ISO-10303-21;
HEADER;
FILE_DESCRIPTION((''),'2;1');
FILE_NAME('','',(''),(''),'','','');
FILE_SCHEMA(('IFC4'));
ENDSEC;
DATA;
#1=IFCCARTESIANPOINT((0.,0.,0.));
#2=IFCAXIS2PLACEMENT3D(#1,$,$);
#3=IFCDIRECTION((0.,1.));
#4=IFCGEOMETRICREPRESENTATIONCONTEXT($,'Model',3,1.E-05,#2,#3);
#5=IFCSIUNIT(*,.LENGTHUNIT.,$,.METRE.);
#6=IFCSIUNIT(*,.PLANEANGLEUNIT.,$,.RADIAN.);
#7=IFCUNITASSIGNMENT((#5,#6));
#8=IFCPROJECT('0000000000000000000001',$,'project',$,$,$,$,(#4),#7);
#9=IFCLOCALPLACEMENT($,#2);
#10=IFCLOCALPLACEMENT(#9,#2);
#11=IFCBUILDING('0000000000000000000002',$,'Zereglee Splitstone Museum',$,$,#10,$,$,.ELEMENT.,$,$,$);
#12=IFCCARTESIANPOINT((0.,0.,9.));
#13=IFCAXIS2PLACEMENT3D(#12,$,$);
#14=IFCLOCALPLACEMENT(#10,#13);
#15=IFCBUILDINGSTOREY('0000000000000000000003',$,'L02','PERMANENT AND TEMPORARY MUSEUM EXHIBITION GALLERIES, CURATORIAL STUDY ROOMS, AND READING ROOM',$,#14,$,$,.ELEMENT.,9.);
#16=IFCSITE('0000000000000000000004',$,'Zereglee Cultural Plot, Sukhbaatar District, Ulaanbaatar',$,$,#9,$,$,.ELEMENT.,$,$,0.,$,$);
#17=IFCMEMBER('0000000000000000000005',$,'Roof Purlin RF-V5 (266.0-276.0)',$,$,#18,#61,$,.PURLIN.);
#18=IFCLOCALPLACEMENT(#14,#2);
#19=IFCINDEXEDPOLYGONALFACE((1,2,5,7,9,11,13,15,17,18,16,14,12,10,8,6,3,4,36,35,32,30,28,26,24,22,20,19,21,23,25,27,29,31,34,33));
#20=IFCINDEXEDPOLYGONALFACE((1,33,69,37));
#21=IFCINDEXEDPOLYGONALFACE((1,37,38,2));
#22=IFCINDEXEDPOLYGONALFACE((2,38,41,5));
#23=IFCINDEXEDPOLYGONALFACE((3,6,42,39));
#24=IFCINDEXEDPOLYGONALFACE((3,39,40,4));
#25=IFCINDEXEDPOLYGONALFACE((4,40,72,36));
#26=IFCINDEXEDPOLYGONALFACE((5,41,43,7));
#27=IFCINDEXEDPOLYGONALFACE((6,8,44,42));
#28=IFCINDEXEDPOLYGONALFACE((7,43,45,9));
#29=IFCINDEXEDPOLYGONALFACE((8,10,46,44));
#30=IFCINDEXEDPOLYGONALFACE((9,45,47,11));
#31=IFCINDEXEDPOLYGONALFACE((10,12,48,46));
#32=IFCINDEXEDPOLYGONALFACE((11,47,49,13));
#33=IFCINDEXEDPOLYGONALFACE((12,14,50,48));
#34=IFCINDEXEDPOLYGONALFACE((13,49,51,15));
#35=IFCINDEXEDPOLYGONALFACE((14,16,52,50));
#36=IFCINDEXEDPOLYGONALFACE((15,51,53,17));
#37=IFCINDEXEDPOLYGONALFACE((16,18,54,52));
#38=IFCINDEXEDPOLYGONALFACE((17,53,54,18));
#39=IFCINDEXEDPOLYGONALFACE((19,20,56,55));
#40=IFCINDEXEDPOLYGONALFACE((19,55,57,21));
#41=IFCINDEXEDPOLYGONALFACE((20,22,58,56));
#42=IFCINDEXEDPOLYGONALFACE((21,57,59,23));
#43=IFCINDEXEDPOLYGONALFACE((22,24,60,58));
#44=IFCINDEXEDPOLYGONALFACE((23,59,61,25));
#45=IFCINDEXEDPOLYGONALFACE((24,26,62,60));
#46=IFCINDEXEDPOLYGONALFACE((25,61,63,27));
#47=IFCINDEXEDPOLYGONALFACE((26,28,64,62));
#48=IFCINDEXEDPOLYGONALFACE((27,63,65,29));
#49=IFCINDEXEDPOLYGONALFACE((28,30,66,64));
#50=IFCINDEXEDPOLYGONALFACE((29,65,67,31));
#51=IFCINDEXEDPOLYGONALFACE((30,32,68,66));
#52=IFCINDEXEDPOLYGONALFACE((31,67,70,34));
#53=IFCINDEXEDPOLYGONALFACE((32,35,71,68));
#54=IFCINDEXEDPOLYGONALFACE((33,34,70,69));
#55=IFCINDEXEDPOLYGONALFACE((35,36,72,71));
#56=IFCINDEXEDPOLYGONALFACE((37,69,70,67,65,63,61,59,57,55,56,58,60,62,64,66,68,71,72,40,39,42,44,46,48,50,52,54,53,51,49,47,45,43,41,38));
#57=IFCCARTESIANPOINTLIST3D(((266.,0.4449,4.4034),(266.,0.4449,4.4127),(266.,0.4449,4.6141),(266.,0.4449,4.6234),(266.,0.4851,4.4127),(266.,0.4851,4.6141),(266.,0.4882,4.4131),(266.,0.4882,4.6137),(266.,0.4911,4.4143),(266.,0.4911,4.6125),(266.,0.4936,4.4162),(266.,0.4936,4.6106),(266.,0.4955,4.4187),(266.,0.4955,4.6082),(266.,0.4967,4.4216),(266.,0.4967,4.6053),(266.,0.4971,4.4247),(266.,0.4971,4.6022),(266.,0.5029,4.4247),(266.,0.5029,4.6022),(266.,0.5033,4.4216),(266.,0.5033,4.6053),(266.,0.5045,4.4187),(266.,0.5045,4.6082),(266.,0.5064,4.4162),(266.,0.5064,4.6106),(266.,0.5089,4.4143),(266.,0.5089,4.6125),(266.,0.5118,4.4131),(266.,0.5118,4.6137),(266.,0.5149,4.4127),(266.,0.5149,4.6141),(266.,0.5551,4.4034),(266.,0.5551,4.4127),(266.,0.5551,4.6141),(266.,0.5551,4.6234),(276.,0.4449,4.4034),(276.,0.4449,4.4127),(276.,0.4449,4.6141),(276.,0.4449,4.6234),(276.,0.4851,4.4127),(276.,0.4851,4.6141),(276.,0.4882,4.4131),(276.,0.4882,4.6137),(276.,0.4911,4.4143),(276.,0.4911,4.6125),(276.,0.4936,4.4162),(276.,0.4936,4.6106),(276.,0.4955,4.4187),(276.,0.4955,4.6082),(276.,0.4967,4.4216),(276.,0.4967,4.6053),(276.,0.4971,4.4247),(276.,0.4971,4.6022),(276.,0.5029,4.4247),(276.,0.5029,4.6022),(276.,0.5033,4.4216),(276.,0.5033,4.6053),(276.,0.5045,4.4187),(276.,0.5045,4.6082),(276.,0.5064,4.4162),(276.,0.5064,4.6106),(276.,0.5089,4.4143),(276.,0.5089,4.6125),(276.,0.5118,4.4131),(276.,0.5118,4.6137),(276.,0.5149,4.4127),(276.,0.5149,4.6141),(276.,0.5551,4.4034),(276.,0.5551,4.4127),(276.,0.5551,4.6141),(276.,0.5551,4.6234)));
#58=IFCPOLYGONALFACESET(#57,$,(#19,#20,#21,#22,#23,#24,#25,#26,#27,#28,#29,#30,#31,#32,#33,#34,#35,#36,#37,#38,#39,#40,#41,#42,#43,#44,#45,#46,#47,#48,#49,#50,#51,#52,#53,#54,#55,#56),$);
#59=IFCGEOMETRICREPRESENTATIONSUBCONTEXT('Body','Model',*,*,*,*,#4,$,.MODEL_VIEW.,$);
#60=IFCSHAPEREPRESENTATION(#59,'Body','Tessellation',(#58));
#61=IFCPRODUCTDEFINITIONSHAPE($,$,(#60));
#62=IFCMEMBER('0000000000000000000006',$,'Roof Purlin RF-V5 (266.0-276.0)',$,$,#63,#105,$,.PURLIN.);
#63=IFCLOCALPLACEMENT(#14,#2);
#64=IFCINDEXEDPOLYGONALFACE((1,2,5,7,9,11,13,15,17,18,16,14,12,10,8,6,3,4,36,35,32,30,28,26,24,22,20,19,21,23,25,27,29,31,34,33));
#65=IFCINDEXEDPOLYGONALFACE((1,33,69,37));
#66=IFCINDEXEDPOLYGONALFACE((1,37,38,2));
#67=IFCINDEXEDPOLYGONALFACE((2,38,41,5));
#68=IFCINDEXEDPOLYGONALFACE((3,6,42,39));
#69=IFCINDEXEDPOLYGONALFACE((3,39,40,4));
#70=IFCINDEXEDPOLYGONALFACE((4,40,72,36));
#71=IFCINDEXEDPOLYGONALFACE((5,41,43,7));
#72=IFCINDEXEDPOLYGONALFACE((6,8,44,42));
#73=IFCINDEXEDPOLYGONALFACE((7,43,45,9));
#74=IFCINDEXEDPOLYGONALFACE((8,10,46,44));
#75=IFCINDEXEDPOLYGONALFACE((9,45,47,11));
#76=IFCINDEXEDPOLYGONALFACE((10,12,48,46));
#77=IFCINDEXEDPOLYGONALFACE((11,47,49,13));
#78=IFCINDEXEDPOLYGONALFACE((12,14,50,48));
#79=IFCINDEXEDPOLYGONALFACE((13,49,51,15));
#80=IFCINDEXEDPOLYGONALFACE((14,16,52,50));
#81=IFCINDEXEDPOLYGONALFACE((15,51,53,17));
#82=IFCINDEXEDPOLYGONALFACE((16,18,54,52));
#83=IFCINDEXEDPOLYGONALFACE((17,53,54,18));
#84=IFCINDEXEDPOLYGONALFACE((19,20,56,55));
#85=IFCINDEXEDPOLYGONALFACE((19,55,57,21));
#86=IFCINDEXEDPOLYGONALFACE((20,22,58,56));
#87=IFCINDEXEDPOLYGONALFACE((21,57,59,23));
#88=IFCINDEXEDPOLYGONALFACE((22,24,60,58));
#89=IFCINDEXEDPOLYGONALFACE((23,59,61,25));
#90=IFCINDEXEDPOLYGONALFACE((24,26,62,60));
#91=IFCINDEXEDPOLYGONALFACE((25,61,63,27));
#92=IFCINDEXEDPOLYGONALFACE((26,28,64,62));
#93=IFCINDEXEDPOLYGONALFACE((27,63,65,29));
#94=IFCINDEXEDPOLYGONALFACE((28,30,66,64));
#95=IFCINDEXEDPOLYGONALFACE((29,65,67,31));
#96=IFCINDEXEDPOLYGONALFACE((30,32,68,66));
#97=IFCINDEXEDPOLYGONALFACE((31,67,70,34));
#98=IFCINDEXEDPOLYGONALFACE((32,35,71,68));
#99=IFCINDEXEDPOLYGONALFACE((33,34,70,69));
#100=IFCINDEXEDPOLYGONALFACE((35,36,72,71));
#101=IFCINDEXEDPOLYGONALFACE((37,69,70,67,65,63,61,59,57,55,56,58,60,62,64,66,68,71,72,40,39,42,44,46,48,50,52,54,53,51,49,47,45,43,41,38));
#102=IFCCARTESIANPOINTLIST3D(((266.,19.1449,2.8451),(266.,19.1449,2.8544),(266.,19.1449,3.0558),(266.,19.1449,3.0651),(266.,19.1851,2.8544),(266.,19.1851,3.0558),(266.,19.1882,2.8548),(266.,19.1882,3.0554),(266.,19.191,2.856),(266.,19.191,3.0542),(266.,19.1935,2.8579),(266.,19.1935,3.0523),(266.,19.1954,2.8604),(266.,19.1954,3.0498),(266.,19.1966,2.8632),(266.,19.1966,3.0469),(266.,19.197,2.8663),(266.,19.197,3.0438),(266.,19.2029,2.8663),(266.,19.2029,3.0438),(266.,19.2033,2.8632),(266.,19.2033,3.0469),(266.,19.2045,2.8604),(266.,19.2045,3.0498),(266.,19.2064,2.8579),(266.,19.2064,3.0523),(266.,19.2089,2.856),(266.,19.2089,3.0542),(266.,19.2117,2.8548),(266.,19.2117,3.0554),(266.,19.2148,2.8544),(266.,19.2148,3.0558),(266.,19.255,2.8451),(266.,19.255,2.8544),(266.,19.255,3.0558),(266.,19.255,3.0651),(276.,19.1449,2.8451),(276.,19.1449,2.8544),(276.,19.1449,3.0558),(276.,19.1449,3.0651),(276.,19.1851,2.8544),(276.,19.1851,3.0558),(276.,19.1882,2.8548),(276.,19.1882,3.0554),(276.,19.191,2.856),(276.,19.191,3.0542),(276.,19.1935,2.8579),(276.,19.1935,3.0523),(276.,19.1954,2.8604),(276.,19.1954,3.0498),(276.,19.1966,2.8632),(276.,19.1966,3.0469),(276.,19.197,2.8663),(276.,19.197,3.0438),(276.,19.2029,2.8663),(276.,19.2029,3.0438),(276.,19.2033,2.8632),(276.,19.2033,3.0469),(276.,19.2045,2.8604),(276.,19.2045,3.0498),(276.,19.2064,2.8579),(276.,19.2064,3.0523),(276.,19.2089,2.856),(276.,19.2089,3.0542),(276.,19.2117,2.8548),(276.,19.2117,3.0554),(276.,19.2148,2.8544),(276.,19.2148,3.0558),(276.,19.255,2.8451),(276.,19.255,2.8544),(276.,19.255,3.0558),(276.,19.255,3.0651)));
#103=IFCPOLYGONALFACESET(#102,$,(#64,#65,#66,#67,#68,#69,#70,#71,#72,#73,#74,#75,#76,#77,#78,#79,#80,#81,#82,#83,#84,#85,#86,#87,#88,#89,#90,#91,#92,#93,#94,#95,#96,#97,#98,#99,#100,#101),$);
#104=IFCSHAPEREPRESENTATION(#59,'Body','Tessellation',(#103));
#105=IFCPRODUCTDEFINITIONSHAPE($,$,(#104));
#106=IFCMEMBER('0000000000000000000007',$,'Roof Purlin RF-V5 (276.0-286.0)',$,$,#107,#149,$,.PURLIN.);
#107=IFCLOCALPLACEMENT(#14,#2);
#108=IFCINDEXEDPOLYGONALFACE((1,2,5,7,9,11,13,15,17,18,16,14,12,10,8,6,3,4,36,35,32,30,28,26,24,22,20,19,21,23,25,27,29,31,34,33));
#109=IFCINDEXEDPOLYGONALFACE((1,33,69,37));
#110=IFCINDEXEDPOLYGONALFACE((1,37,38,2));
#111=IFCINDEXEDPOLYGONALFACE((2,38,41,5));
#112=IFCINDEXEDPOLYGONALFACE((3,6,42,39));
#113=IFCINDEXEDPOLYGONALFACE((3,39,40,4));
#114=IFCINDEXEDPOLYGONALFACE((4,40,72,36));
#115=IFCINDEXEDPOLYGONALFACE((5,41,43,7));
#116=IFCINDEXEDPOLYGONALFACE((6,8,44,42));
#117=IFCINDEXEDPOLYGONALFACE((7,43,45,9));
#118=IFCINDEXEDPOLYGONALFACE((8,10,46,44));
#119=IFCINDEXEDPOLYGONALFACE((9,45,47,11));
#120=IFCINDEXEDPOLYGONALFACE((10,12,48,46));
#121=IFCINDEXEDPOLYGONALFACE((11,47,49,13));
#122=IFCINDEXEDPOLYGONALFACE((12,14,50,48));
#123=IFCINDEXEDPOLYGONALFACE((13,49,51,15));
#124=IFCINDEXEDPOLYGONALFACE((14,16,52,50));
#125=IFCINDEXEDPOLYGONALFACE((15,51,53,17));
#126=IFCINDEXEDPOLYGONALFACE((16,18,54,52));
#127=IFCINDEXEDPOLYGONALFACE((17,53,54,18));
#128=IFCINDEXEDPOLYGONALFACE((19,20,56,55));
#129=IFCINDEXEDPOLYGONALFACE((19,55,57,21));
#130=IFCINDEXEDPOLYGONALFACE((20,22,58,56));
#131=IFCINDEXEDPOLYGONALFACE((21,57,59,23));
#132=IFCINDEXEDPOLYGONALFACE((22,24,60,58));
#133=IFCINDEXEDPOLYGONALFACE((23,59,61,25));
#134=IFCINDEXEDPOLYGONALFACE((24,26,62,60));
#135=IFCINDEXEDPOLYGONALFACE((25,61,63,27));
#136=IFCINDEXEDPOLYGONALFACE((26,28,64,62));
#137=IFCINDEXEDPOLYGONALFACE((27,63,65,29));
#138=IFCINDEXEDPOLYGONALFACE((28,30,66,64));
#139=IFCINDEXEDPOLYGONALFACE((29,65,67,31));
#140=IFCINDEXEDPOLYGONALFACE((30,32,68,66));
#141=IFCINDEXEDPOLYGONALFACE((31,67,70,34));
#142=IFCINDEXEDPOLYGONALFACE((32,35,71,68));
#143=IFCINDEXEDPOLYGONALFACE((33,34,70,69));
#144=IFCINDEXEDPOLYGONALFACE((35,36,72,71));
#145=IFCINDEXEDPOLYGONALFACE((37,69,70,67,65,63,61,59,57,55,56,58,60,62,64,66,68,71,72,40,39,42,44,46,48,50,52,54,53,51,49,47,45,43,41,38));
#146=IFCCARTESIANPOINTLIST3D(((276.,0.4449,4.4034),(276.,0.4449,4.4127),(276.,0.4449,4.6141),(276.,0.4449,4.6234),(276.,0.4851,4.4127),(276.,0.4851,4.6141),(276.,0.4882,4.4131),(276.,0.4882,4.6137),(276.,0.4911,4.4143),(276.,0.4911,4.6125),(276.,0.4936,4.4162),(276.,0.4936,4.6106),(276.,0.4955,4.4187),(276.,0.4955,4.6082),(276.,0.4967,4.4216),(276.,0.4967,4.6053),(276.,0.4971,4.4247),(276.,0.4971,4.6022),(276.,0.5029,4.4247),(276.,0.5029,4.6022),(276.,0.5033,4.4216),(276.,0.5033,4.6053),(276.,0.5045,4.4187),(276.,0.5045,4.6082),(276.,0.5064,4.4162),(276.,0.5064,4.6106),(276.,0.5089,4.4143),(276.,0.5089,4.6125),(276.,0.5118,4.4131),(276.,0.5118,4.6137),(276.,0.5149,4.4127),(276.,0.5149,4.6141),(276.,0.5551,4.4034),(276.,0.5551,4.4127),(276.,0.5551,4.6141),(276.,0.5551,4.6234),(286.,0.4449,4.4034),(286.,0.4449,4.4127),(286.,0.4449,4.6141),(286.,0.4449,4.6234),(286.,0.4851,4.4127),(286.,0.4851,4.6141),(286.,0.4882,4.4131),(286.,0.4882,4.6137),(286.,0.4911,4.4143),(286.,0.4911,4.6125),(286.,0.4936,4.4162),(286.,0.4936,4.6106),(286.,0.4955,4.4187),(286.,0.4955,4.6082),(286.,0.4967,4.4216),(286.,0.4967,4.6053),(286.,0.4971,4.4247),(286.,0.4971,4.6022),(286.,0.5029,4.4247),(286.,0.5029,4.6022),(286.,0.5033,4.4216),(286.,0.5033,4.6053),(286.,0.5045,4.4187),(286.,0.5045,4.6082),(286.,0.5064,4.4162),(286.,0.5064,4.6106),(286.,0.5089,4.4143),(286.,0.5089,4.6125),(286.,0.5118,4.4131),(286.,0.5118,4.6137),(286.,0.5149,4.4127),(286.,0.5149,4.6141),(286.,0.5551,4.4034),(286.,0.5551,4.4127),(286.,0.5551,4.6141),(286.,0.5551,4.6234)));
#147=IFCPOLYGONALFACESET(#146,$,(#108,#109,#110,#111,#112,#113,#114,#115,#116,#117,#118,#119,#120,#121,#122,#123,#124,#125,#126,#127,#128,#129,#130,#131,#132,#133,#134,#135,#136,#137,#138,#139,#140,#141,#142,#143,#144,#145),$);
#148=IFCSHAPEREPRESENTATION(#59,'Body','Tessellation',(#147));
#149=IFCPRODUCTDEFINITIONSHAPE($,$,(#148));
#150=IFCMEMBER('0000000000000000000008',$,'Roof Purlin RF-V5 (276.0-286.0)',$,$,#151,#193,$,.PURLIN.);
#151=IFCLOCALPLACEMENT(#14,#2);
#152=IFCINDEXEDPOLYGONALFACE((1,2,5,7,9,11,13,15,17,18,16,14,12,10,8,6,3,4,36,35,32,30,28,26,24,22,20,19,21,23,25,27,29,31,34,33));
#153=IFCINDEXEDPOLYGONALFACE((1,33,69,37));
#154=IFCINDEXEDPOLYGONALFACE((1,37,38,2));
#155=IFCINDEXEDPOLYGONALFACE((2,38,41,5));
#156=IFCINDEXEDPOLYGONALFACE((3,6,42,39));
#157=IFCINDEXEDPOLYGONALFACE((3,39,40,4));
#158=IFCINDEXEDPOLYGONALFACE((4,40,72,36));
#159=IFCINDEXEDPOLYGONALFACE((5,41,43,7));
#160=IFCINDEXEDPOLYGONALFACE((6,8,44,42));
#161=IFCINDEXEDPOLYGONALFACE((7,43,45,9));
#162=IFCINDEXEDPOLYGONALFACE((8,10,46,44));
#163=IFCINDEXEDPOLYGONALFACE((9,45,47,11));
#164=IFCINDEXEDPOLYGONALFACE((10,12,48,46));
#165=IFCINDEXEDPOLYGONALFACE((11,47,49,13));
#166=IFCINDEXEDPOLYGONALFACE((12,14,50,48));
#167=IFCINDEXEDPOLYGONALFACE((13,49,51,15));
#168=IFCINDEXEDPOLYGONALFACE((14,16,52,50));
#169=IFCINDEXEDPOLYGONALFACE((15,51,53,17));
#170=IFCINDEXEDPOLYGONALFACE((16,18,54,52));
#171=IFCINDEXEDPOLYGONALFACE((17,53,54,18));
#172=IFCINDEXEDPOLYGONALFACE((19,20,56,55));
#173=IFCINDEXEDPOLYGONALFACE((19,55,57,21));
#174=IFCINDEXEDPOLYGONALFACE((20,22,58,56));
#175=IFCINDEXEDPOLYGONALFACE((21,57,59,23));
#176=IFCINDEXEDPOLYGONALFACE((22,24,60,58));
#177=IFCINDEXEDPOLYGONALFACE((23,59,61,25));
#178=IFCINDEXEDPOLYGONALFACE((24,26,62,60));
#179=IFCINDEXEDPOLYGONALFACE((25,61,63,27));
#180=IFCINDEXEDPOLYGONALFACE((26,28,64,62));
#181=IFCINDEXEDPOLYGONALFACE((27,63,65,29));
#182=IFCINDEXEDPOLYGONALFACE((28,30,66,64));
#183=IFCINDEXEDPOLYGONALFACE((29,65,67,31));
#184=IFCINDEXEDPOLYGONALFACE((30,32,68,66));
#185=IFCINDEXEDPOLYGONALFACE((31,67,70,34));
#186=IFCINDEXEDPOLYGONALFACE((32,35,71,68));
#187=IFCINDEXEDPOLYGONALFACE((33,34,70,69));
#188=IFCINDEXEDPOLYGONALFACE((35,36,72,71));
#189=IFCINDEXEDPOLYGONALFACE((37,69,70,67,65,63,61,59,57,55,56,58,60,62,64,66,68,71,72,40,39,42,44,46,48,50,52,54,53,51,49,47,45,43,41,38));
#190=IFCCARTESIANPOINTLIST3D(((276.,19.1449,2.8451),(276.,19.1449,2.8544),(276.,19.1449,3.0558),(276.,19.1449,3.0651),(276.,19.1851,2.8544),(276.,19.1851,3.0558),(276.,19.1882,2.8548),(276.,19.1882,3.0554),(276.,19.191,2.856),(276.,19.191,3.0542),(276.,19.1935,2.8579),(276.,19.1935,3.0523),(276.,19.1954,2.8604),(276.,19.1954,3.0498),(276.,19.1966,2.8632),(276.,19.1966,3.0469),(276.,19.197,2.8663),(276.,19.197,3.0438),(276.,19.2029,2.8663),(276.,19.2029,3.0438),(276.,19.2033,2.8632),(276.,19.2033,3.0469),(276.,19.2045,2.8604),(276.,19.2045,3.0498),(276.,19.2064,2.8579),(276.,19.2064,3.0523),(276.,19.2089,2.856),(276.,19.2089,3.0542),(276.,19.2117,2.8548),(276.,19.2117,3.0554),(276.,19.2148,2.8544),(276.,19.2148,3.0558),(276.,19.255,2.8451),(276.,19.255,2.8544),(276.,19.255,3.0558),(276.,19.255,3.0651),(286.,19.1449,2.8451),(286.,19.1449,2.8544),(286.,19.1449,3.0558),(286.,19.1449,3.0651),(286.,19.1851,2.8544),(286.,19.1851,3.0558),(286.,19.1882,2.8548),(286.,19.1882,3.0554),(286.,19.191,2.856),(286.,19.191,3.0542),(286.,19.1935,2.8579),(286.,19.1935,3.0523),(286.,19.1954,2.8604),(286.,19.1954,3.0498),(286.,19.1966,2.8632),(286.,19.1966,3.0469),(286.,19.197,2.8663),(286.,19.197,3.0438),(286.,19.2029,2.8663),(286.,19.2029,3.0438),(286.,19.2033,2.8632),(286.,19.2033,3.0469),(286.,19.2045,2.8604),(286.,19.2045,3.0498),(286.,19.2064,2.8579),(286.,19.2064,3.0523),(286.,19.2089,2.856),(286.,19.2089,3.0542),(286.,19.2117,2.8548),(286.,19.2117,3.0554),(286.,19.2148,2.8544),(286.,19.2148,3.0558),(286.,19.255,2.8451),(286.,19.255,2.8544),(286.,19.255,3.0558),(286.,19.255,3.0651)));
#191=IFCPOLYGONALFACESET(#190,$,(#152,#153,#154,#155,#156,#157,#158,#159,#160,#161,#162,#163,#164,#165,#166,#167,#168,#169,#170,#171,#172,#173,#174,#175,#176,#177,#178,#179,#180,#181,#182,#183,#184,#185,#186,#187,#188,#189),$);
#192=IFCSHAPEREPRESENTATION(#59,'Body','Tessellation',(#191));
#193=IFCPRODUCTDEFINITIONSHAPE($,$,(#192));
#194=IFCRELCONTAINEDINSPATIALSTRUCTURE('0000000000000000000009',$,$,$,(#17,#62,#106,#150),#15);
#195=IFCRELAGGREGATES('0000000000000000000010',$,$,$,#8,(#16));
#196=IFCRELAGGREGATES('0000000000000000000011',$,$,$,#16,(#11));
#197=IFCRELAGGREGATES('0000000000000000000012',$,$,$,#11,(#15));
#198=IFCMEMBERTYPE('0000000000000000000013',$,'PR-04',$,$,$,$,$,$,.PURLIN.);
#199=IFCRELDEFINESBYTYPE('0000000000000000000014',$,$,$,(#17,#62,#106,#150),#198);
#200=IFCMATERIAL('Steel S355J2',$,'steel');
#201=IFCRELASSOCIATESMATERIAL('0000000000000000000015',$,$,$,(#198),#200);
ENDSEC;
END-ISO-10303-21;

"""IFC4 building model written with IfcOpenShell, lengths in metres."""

from ifc_helpers import new_model, si_unit, direction, frame, origin, origin_2d, place, context, subcontext, project, spatial, i_section, extrude, material, material_profile, profile_set, type_object, element, save


model = new_model("IFC4")

# Units and contexts
model_context = context("Model", 3, precision=1e-05, world=origin(), true_north=direction((0.0, 1.0)))
body_context = subcontext(model_context, "Body", "Model", "MODEL_VIEW")
ifc_project = project(units=[si_unit("LENGTHUNIT", "METRE"), si_unit("PLANEANGLEUNIT", "RADIAN")], contexts=[model_context])

# Site, building, storey
site_placement = place(None, origin())
site = spatial("IfcSite", under=ifc_project, at=site_placement, Name="Zereglee Cultural Plot, Sukhbaatar District, Ulaanbaatar", CompositionType="ELEMENT", RefElevation=0.0)
building_placement = place(site_placement, origin())
building = spatial("IfcBuilding", under=site, at=building_placement, Name="Zereglee Splitstone Museum", CompositionType="ELEMENT")
storey_placement = place(building_placement, frame((0.0, 0.0, 9.0)))
storey = spatial("IfcBuildingStorey", under=building, at=storey_placement, Name="L02", Description="PERMANENT AND TEMPORARY MUSEUM EXHIBITION GALLERIES, CURATORIAL STUDY ROOMS, AND READING ROOM", CompositionType="ELEMENT", Elevation=9.0)

# Shared definitions
ifc_material_1 = material(Name="Steel S355J2", Category="steel")

# Members
ifc_material_profile_1 = material_profile(ifc_material_1, i_section(OverallWidth=0.1101, OverallDepth=0.22, WebThickness=0.0059, FlangeThickness=0.0093, FilletRadius=0.012, at=origin_2d()), Name="IPE 220")
ifc_profile_set_1 = profile_set([ifc_material_profile_1], Name="Steel S355J2")
member_type = type_object("IfcMemberType", Name="PR-04", PredefinedType="PURLIN", material=ifc_profile_set_1)
for number, where, z_axis, x_axis, name in (
    (1, (266.0, 0.5, 4.5134), (1.0, 0.0, 0.0), (0.0, 1.0, 0.0), "Roof Purlin RF-V5 (266.0-276.0)"),
    (2, (266.0, 19.2, 2.9551), (1.0, 0.0, 0.0), (0.0, 1.0, 0.0), "Roof Purlin RF-V5 (266.0-276.0)"),
    (3, (276.0, 0.5, 4.5134), (1.0, 0.0, 0.0), (0.0, 1.0, 0.0), "Roof Purlin RF-V5 (276.0-286.0)"),
    (4, (276.0, 19.2, 2.9551), (1.0, 0.0, 0.0), (0.0, 1.0, 0.0), "Roof Purlin RF-V5 (276.0-286.0)"),
):
    element("IfcMember", number, at=place(storey_placement, frame(where, z_axis=z_axis, x_axis=x_axis)), inside=storey, type_object=member_type, Name=name, PredefinedType="PURLIN", context=body_context, shape_type="SweptSolid", body=[
        extrude(i_section(OverallWidth=0.1101, OverallDepth=0.22, WebThickness=0.0059, FlangeThickness=0.0093, FilletRadius=0.012, at=origin_2d()), origin(), (0.0, 0.0, 1.0), 10.0),
    ])

save(model, "model.ifc")
